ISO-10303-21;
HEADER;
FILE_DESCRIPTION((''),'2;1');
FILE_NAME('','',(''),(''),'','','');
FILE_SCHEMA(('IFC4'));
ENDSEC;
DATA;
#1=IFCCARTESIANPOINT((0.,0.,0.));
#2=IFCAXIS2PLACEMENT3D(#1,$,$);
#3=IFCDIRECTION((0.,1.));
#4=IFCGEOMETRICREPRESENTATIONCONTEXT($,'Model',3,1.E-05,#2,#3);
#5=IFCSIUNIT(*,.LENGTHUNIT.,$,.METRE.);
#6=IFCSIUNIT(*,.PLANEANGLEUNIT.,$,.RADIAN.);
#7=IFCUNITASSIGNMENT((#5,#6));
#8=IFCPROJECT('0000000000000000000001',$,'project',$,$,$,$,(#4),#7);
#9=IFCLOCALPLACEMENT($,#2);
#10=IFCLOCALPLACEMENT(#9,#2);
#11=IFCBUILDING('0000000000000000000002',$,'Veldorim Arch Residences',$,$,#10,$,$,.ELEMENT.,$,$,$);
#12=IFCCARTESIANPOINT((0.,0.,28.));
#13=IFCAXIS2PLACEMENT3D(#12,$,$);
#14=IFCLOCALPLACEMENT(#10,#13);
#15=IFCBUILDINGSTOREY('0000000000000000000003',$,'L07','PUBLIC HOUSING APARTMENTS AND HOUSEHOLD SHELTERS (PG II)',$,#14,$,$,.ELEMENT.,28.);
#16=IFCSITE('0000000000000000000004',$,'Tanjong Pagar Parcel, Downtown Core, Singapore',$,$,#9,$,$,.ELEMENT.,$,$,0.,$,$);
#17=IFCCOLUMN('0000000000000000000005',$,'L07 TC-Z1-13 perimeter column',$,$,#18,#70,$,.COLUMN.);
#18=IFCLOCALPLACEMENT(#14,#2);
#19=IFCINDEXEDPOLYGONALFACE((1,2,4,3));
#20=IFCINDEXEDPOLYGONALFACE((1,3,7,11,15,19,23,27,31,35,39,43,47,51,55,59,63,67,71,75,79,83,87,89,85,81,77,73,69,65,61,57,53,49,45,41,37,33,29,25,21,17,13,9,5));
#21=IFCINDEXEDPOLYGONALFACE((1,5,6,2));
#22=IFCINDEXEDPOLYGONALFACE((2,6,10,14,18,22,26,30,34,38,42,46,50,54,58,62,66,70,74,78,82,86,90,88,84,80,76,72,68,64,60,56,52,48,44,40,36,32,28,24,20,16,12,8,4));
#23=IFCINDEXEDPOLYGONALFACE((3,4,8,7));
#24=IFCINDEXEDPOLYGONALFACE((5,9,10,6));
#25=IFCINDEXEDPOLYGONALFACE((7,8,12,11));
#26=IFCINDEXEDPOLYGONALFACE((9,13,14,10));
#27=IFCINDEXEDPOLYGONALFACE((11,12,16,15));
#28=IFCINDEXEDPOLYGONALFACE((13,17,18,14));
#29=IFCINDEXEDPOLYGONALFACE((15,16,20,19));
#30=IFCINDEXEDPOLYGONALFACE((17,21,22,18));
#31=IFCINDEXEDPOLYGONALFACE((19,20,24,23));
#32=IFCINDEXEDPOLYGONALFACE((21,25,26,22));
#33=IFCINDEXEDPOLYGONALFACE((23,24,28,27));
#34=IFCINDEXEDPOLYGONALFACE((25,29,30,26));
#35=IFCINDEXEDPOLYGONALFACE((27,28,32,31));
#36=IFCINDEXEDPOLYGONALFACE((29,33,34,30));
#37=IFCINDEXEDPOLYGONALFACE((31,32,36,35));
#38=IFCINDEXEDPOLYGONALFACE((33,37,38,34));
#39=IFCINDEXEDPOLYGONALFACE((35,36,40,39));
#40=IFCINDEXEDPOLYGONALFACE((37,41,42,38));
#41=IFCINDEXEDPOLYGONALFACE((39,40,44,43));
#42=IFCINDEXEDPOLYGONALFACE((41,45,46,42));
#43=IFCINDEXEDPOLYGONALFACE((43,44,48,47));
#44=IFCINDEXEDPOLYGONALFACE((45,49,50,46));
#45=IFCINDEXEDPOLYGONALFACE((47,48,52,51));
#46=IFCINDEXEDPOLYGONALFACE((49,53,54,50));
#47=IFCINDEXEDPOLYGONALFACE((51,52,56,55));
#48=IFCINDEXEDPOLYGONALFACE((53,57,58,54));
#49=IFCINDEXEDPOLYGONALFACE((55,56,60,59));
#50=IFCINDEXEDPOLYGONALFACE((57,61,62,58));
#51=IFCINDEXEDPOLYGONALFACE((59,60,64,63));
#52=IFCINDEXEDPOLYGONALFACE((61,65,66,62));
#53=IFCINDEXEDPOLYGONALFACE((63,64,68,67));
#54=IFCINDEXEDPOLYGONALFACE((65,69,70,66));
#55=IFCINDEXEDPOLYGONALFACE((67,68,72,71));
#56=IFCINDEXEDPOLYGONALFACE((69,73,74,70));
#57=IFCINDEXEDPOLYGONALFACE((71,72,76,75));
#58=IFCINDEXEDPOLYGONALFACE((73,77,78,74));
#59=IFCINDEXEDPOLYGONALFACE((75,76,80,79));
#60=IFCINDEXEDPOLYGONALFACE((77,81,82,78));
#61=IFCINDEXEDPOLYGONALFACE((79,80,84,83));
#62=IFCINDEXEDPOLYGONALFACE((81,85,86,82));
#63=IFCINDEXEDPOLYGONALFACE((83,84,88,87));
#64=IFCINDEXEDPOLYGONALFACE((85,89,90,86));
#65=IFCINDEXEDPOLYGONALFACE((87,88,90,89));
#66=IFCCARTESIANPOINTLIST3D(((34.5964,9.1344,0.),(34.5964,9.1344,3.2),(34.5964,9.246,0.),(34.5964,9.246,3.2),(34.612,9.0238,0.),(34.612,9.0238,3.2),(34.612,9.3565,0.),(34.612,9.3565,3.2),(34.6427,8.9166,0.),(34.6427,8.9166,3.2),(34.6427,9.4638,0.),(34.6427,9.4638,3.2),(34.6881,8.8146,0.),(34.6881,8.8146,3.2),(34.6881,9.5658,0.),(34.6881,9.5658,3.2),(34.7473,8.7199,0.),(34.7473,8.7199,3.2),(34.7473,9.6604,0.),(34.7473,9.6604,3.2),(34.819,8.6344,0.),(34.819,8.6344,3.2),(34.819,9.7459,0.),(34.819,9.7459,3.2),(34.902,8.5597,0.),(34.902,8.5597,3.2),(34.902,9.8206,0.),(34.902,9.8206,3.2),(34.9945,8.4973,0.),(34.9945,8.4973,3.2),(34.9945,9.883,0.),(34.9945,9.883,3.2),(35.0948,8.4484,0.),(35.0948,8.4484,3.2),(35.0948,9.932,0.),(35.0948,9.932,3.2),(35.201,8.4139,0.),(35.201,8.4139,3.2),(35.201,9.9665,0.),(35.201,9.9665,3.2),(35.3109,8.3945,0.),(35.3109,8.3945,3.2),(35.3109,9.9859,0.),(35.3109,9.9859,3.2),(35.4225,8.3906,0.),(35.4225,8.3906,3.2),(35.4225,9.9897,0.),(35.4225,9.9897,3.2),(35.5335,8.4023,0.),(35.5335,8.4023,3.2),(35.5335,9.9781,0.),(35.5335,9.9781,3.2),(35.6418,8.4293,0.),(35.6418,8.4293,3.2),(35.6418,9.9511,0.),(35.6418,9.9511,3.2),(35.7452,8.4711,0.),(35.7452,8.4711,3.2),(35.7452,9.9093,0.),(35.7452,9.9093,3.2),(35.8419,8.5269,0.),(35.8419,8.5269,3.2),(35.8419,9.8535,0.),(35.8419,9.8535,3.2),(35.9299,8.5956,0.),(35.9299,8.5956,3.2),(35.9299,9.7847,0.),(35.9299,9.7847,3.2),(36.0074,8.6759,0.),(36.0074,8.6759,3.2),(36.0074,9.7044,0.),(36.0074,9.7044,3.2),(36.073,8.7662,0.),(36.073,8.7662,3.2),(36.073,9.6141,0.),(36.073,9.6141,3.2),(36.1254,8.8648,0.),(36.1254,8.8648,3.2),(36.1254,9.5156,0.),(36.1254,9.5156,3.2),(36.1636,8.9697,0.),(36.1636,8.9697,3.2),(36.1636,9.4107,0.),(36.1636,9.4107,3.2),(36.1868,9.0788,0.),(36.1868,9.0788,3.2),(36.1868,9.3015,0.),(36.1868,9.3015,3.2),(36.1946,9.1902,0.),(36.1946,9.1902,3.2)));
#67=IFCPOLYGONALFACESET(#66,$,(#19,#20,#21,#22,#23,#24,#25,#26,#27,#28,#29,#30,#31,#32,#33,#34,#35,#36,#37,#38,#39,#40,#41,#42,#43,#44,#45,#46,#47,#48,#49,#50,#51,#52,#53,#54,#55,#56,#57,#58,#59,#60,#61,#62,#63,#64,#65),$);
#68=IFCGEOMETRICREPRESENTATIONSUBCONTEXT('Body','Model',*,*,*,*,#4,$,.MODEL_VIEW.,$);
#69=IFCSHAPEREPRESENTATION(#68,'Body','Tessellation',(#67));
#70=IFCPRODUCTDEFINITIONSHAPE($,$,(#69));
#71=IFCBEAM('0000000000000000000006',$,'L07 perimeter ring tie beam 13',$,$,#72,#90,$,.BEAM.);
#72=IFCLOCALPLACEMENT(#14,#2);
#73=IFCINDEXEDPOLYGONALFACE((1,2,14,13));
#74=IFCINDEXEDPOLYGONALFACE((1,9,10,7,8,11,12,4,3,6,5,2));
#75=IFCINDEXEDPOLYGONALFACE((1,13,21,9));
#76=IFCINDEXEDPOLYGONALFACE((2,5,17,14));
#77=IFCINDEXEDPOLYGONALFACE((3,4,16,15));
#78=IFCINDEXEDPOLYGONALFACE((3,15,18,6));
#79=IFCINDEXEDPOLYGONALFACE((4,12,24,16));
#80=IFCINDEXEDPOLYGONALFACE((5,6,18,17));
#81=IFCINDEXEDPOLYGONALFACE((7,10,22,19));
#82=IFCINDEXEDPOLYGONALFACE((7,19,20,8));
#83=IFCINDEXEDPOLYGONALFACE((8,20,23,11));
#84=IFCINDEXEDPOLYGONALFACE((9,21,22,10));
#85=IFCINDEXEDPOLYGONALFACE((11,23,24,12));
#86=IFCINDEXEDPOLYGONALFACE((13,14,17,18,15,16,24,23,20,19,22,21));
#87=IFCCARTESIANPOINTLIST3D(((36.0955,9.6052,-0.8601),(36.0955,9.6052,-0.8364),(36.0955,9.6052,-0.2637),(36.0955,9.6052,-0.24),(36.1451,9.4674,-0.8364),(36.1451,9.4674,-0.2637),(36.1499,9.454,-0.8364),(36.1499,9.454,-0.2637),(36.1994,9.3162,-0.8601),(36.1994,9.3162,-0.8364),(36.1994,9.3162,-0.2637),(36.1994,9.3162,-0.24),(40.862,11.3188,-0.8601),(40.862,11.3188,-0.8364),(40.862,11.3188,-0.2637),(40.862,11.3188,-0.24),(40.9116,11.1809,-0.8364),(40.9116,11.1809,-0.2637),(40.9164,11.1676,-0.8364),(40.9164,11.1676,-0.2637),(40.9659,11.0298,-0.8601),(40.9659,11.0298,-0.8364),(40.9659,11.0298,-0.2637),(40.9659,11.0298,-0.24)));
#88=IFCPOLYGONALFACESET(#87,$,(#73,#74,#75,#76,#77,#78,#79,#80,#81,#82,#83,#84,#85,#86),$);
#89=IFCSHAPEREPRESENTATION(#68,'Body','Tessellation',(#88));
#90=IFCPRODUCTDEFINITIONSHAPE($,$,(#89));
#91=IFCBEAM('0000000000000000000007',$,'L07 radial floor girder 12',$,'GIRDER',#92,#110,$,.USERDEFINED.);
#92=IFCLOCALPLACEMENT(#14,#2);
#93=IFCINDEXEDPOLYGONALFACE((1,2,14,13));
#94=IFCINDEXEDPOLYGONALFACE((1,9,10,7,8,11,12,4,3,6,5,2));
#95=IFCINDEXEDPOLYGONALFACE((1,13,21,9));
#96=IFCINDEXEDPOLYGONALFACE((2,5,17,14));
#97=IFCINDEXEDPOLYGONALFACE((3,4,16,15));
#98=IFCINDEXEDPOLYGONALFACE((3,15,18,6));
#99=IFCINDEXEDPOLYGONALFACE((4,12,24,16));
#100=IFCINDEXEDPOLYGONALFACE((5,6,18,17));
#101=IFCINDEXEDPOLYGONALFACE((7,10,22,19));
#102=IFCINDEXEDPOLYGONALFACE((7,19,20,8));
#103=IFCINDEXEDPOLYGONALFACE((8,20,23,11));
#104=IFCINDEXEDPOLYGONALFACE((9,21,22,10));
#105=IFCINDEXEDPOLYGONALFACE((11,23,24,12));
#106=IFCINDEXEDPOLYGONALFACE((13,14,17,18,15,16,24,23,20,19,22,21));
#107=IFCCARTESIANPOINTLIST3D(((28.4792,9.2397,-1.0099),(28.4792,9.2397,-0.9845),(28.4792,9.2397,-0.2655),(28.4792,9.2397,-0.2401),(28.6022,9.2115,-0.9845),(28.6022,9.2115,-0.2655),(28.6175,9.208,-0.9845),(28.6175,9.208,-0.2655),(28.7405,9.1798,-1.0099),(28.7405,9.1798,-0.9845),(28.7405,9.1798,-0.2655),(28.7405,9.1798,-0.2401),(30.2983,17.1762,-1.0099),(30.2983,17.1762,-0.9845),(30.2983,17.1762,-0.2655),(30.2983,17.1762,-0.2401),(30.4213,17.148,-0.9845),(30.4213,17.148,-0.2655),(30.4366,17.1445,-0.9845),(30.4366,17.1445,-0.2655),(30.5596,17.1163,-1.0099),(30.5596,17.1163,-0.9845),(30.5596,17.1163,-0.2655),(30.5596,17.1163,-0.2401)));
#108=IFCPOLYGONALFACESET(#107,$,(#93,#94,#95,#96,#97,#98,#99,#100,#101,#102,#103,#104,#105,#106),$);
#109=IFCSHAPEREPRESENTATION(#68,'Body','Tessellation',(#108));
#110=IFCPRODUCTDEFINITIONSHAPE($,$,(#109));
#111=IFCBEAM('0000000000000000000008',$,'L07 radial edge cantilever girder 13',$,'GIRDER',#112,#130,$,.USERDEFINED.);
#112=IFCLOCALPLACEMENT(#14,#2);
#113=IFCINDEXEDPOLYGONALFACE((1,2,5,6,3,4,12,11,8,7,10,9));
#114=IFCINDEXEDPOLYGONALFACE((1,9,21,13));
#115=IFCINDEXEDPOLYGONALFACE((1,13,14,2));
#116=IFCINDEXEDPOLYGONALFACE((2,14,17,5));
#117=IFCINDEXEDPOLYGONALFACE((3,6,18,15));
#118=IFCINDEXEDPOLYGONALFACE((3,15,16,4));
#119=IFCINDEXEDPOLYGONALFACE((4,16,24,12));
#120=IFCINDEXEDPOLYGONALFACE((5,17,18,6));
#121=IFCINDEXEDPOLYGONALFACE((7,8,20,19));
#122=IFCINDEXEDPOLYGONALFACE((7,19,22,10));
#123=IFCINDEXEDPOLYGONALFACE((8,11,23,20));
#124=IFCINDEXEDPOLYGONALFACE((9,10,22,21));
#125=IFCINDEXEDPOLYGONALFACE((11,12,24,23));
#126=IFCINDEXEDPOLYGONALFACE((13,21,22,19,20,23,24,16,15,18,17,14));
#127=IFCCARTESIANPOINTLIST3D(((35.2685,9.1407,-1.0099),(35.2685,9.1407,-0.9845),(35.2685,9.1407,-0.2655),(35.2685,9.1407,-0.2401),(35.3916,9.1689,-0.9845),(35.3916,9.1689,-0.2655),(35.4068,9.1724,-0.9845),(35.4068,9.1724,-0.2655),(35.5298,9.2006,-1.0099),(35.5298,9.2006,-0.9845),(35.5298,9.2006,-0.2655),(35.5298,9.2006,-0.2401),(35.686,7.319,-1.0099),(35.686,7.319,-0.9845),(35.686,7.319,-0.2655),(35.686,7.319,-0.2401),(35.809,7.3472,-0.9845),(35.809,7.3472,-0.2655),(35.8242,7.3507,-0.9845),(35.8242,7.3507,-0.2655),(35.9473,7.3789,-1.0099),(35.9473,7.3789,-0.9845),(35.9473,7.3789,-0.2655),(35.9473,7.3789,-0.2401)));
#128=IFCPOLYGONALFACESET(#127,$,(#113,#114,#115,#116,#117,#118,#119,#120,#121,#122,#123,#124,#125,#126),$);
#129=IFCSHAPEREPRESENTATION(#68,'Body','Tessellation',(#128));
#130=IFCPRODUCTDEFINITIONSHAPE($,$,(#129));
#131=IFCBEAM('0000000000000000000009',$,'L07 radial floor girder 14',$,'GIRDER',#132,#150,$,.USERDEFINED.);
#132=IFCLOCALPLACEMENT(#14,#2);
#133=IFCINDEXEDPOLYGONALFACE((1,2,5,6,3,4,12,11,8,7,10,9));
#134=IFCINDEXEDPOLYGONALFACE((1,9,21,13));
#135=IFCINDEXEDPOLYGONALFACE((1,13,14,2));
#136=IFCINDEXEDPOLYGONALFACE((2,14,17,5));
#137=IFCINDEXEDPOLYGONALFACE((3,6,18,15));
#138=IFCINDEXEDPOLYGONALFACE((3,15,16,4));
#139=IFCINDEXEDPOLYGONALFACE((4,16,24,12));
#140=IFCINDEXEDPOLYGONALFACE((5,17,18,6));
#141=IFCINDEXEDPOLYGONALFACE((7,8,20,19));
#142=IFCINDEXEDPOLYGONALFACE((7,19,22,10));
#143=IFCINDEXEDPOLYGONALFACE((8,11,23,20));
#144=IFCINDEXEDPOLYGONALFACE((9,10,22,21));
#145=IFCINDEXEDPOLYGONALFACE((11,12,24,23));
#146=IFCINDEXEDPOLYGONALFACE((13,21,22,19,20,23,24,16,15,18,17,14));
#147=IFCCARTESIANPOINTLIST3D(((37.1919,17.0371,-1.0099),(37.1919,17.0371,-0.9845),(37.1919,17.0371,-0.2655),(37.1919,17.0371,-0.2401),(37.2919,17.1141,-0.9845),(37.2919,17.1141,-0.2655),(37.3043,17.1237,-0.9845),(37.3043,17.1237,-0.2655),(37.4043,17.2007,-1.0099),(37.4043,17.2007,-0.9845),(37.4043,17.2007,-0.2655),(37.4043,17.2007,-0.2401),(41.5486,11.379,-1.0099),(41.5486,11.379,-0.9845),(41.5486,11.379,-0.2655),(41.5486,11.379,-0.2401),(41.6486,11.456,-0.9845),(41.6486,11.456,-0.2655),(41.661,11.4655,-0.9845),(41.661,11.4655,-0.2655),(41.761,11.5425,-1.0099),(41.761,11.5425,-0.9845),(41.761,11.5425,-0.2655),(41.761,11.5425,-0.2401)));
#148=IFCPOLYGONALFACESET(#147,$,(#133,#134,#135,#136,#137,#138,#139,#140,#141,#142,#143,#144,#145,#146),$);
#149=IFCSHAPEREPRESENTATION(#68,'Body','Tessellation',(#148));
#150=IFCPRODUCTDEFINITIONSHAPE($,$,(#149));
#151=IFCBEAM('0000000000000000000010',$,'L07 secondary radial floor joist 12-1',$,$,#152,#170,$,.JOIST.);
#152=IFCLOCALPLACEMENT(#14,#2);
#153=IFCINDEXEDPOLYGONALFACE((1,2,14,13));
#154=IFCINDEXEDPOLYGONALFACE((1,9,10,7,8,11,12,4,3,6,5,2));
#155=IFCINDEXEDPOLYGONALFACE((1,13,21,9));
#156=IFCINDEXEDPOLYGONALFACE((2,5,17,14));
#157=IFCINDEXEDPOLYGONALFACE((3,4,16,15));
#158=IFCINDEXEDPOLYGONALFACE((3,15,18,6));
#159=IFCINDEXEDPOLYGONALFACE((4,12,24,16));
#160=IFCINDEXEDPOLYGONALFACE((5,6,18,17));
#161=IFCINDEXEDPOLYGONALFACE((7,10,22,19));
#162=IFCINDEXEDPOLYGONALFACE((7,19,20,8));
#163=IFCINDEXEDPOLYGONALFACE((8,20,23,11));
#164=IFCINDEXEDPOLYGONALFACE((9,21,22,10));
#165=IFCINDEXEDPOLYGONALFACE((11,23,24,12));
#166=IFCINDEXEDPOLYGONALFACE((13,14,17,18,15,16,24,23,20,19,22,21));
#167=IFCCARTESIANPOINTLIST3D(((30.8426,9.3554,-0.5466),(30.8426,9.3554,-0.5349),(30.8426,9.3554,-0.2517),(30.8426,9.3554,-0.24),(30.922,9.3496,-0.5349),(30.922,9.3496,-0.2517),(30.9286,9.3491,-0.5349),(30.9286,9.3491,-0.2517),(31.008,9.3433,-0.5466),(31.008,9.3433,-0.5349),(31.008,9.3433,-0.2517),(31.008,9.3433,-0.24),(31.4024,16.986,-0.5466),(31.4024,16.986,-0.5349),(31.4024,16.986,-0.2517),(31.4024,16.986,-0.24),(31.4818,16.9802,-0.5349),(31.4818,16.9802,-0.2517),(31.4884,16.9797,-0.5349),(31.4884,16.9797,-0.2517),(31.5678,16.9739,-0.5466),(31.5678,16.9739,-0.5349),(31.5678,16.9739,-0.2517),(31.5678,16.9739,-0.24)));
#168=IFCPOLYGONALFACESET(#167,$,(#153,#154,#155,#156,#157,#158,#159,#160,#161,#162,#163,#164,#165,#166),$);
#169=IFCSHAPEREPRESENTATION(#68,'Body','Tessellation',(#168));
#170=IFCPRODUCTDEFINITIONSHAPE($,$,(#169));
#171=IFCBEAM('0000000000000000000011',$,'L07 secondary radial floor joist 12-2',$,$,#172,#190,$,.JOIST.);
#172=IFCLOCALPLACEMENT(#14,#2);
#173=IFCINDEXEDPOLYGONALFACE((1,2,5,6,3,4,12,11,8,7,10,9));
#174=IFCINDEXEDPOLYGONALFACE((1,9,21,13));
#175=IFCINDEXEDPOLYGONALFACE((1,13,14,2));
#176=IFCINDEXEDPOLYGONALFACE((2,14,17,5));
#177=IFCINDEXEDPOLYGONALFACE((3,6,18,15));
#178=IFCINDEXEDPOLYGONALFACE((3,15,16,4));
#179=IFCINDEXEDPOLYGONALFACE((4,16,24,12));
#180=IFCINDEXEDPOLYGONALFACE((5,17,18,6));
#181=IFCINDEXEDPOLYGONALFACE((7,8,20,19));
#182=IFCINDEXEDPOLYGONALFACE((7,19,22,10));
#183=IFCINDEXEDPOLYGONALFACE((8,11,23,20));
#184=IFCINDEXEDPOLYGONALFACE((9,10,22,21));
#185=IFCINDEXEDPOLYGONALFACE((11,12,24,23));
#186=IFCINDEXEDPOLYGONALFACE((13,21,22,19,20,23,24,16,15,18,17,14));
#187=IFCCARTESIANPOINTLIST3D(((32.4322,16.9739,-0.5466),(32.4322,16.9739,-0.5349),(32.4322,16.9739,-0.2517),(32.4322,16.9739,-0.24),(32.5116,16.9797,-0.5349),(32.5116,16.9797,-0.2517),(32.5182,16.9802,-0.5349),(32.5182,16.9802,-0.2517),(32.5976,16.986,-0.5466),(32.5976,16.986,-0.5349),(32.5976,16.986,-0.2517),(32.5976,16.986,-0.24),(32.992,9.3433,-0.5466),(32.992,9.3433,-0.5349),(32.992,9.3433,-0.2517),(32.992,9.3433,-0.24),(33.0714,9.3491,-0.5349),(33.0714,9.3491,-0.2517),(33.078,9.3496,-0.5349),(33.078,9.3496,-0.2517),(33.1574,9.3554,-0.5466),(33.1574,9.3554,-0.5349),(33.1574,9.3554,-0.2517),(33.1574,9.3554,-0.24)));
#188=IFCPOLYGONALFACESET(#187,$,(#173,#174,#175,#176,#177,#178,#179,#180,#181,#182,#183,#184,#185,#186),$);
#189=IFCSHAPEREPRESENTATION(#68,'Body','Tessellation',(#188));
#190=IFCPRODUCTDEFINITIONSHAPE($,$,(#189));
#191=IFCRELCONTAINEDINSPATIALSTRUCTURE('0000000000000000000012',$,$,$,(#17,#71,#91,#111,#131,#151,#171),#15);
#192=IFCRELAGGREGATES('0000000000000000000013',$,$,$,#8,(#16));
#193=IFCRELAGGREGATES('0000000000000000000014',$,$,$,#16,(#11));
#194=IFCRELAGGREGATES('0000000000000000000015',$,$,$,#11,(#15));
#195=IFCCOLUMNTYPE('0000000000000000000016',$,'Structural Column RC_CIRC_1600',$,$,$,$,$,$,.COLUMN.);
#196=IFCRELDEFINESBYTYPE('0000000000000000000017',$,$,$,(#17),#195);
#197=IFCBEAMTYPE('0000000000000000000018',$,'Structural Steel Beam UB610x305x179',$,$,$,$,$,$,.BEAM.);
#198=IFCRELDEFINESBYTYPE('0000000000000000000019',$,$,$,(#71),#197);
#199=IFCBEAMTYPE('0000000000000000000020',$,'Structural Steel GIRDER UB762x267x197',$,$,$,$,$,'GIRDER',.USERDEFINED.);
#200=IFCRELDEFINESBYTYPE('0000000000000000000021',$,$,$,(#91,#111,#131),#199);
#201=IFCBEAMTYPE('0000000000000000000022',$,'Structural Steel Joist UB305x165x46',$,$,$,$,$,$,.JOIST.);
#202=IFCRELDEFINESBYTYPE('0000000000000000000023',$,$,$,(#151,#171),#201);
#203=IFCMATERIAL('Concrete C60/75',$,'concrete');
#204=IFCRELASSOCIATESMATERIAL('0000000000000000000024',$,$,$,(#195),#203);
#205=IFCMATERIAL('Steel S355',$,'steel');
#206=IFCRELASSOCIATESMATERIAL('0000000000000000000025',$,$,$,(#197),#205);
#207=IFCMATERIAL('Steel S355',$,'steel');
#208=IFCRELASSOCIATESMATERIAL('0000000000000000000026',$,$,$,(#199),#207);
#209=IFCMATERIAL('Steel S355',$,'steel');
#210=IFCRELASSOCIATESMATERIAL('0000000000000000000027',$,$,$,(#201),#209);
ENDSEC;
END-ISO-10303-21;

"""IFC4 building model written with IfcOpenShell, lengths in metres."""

from ifc_helpers import new_model, si_unit, direction, frame, origin, origin_2d, place, context, subcontext, project, spatial, circle, i_section, extrude, material, material_profile, profile_set, type_object, element, save


model = new_model("IFC4")

# Units and contexts
model_context = context("Model", 3, precision=1e-05, world=origin(), true_north=direction((0.0, 1.0)))
body_context = subcontext(model_context, "Body", "Model", "MODEL_VIEW")
ifc_project = project(units=[si_unit("LENGTHUNIT", "METRE"), si_unit("PLANEANGLEUNIT", "RADIAN")], contexts=[model_context])

# Site, building, storey
site_placement = place(None, origin())
site = spatial("IfcSite", under=ifc_project, at=site_placement, Name="Tanjong Pagar Parcel, Downtown Core, Singapore", CompositionType="ELEMENT", RefElevation=0.0)
building_placement = place(site_placement, origin())
building = spatial("IfcBuilding", under=site, at=building_placement, Name="Veldorim Arch Residences", CompositionType="ELEMENT")
storey_placement = place(building_placement, frame((0.0, 0.0, 28.0)))
storey = spatial("IfcBuildingStorey", under=building, at=storey_placement, Name="L07", Description="PUBLIC HOUSING APARTMENTS AND HOUSEHOLD SHELTERS (PG II)", CompositionType="ELEMENT", Elevation=28.0)

# Column
ifc_material_1 = material(Name="Concrete C60/75", Category="concrete")
ifc_material_profile_1 = material_profile(ifc_material_1, circle(Radius=0.8, at=origin_2d()), Name="RC_CIRC_1600")
ifc_profile_set_1 = profile_set([ifc_material_profile_1], Name="Concrete C60/75")
column_type = type_object("IfcColumnType", Name="Structural Column RC_CIRC_1600", PredefinedType="COLUMN", material=ifc_profile_set_1)
column_placement = place(storey_placement, frame((35.3945, 9.1902, 0.0), z_axis=(0.0, 0.0, 1.0), x_axis=(1.0, 0.0, 0.0)))
element("IfcColumn", 1, at=column_placement, inside=storey, type_object=column_type, Name="L07 TC-Z1-13 perimeter column", PredefinedType="COLUMN", context=body_context, shape_type="SweptSolid", body=[
    extrude(circle(Radius=0.8, at=origin_2d()), origin(), (0.0, 0.0, 1.0), 3.2),
])

# Beams
ifc_material_2 = material(Name="Steel S355", Category="steel")
ifc_material_profile_2 = material_profile(ifc_material_2, i_section(OverallWidth=0.3071, OverallDepth=0.6201, WebThickness=0.0142, FlangeThickness=0.0237, at=origin_2d()), Name="UB610x305x179")
ifc_profile_set_2 = profile_set([ifc_material_profile_2], Name="Steel S355")
beam_type_1 = type_object("IfcBeamType", Name="Structural Steel Beam UB610x305x179", PredefinedType="BEAM", material=ifc_profile_set_2)
beam_1_placement = place(storey_placement, frame((36.1475, 9.4607, -0.55), z_axis=(0.941035, 0.338308, 0.0), x_axis=(-0.338308, 0.941035, 0.0)))
element("IfcBeam", 2, at=beam_1_placement, inside=storey, type_object=beam_type_1, Name="L07 perimeter ring tie beam 13", PredefinedType="BEAM", context=body_context, shape_type="SweptSolid", body=[
    extrude(i_section(OverallWidth=0.3071, OverallDepth=0.6201, WebThickness=0.0142, FlangeThickness=0.0237, at=origin_2d()), origin(), (0.0, 0.0, 1.0), 5.0652),
])
ifc_material_3 = material(Name="Steel S355", Category="steel")
ifc_material_profile_3 = material_profile(ifc_material_3, i_section(OverallWidth=0.2681, OverallDepth=0.7698, WebThickness=0.0156, FlangeThickness=0.0254, at=origin_2d()), Name="UB762x267x197")
ifc_profile_set_3 = profile_set([ifc_material_profile_3], Name="Steel S355")
beam_type_2 = type_object("IfcBeamType", Name="Structural Steel GIRDER UB762x267x197", ElementType="GIRDER", PredefinedType="USERDEFINED", material=ifc_profile_set_3)
beam_2_placement = place(storey_placement, frame((30.429, 17.1462, -0.625), z_axis=(-0.223412, -0.974724, 0.0), x_axis=(0.974724, -0.223412, 0.0)))
element("IfcBeam", 3, at=beam_2_placement, inside=storey, type_object=beam_type_2, Name="L07 radial floor girder 12", ObjectType="GIRDER", PredefinedType="USERDEFINED", context=body_context, shape_type="SweptSolid", body=[
    extrude(i_section(OverallWidth=0.2681, OverallDepth=0.7698, WebThickness=0.0156, FlangeThickness=0.0254, at=origin_2d()), origin(), (0.0, 0.0, 1.0), 8.1423),
])
beam_3_placement = place(storey_placement, frame((35.3992, 9.1707, -0.625), z_axis=(0.223371, -0.974734, 0.0), x_axis=(0.974734, 0.223371, 0.0)))
element("IfcBeam", 4, at=beam_3_placement, inside=storey, type_object=beam_type_2, Name="L07 radial edge cantilever girder 13", ObjectType="GIRDER", PredefinedType="USERDEFINED", context=body_context, shape_type="SweptSolid", body=[
    extrude(i_section(OverallWidth=0.2681, OverallDepth=0.7698, WebThickness=0.0156, FlangeThickness=0.0254, at=origin_2d()), origin(), (0.0, 0.0, 1.0), 1.8689),
])
beam_4_placement = place(storey_placement, frame((37.2981, 17.1189, -0.625), z_axis=(0.610082, -0.792338, 0.0), x_axis=(0.792338, 0.610082, 0.0)))
element("IfcBeam", 5, at=beam_4_placement, inside=storey, type_object=beam_type_2, Name="L07 radial floor girder 14", ObjectType="GIRDER", PredefinedType="USERDEFINED", context=body_context, shape_type="SweptSolid", body=[
    extrude(i_section(OverallWidth=0.2681, OverallDepth=0.7698, WebThickness=0.0156, FlangeThickness=0.0254, at=origin_2d()), origin(), (0.0, 0.0, 1.0), 7.1411),
])
ifc_material_4 = material(Name="Steel S355", Category="steel")
ifc_material_profile_4 = material_profile(ifc_material_4, i_section(OverallWidth=0.1658, OverallDepth=0.3066, WebThickness=0.0066, FlangeThickness=0.0117, at=origin_2d()), Name="UB305x165x46")
ifc_profile_set_4 = profile_set([ifc_material_profile_4], Name="Steel S355")
beam_type_3 = type_object("IfcBeamType", Name="Structural Steel Joist UB305x165x46", PredefinedType="JOIST", material=ifc_profile_set_4)
for number, where, z_axis, x_axis, name in (
    (6, (31.4851, 16.98, -0.3933), (-0.073168, -0.99732, 0.0), (0.99732, -0.073168, 0.0), "L07 secondary radial floor joist 12-1"),
    (7, (32.5149, 16.98, -0.3933), (0.073168, -0.99732, 0.0), (0.99732, 0.073168, 0.0), "L07 secondary radial floor joist 12-2"),
):
    element("IfcBeam", number, at=place(storey_placement, frame(where, z_axis=z_axis, x_axis=x_axis)), inside=storey, type_object=beam_type_3, Name=name, PredefinedType="JOIST", context=body_context, shape_type="SweptSolid", body=[
        extrude(i_section(OverallWidth=0.1658, OverallDepth=0.3066, WebThickness=0.0066, FlangeThickness=0.0117, at=origin_2d()), origin(), (0.0, 0.0, 1.0), 7.6511),
    ])

save(model, "model.ifc")
